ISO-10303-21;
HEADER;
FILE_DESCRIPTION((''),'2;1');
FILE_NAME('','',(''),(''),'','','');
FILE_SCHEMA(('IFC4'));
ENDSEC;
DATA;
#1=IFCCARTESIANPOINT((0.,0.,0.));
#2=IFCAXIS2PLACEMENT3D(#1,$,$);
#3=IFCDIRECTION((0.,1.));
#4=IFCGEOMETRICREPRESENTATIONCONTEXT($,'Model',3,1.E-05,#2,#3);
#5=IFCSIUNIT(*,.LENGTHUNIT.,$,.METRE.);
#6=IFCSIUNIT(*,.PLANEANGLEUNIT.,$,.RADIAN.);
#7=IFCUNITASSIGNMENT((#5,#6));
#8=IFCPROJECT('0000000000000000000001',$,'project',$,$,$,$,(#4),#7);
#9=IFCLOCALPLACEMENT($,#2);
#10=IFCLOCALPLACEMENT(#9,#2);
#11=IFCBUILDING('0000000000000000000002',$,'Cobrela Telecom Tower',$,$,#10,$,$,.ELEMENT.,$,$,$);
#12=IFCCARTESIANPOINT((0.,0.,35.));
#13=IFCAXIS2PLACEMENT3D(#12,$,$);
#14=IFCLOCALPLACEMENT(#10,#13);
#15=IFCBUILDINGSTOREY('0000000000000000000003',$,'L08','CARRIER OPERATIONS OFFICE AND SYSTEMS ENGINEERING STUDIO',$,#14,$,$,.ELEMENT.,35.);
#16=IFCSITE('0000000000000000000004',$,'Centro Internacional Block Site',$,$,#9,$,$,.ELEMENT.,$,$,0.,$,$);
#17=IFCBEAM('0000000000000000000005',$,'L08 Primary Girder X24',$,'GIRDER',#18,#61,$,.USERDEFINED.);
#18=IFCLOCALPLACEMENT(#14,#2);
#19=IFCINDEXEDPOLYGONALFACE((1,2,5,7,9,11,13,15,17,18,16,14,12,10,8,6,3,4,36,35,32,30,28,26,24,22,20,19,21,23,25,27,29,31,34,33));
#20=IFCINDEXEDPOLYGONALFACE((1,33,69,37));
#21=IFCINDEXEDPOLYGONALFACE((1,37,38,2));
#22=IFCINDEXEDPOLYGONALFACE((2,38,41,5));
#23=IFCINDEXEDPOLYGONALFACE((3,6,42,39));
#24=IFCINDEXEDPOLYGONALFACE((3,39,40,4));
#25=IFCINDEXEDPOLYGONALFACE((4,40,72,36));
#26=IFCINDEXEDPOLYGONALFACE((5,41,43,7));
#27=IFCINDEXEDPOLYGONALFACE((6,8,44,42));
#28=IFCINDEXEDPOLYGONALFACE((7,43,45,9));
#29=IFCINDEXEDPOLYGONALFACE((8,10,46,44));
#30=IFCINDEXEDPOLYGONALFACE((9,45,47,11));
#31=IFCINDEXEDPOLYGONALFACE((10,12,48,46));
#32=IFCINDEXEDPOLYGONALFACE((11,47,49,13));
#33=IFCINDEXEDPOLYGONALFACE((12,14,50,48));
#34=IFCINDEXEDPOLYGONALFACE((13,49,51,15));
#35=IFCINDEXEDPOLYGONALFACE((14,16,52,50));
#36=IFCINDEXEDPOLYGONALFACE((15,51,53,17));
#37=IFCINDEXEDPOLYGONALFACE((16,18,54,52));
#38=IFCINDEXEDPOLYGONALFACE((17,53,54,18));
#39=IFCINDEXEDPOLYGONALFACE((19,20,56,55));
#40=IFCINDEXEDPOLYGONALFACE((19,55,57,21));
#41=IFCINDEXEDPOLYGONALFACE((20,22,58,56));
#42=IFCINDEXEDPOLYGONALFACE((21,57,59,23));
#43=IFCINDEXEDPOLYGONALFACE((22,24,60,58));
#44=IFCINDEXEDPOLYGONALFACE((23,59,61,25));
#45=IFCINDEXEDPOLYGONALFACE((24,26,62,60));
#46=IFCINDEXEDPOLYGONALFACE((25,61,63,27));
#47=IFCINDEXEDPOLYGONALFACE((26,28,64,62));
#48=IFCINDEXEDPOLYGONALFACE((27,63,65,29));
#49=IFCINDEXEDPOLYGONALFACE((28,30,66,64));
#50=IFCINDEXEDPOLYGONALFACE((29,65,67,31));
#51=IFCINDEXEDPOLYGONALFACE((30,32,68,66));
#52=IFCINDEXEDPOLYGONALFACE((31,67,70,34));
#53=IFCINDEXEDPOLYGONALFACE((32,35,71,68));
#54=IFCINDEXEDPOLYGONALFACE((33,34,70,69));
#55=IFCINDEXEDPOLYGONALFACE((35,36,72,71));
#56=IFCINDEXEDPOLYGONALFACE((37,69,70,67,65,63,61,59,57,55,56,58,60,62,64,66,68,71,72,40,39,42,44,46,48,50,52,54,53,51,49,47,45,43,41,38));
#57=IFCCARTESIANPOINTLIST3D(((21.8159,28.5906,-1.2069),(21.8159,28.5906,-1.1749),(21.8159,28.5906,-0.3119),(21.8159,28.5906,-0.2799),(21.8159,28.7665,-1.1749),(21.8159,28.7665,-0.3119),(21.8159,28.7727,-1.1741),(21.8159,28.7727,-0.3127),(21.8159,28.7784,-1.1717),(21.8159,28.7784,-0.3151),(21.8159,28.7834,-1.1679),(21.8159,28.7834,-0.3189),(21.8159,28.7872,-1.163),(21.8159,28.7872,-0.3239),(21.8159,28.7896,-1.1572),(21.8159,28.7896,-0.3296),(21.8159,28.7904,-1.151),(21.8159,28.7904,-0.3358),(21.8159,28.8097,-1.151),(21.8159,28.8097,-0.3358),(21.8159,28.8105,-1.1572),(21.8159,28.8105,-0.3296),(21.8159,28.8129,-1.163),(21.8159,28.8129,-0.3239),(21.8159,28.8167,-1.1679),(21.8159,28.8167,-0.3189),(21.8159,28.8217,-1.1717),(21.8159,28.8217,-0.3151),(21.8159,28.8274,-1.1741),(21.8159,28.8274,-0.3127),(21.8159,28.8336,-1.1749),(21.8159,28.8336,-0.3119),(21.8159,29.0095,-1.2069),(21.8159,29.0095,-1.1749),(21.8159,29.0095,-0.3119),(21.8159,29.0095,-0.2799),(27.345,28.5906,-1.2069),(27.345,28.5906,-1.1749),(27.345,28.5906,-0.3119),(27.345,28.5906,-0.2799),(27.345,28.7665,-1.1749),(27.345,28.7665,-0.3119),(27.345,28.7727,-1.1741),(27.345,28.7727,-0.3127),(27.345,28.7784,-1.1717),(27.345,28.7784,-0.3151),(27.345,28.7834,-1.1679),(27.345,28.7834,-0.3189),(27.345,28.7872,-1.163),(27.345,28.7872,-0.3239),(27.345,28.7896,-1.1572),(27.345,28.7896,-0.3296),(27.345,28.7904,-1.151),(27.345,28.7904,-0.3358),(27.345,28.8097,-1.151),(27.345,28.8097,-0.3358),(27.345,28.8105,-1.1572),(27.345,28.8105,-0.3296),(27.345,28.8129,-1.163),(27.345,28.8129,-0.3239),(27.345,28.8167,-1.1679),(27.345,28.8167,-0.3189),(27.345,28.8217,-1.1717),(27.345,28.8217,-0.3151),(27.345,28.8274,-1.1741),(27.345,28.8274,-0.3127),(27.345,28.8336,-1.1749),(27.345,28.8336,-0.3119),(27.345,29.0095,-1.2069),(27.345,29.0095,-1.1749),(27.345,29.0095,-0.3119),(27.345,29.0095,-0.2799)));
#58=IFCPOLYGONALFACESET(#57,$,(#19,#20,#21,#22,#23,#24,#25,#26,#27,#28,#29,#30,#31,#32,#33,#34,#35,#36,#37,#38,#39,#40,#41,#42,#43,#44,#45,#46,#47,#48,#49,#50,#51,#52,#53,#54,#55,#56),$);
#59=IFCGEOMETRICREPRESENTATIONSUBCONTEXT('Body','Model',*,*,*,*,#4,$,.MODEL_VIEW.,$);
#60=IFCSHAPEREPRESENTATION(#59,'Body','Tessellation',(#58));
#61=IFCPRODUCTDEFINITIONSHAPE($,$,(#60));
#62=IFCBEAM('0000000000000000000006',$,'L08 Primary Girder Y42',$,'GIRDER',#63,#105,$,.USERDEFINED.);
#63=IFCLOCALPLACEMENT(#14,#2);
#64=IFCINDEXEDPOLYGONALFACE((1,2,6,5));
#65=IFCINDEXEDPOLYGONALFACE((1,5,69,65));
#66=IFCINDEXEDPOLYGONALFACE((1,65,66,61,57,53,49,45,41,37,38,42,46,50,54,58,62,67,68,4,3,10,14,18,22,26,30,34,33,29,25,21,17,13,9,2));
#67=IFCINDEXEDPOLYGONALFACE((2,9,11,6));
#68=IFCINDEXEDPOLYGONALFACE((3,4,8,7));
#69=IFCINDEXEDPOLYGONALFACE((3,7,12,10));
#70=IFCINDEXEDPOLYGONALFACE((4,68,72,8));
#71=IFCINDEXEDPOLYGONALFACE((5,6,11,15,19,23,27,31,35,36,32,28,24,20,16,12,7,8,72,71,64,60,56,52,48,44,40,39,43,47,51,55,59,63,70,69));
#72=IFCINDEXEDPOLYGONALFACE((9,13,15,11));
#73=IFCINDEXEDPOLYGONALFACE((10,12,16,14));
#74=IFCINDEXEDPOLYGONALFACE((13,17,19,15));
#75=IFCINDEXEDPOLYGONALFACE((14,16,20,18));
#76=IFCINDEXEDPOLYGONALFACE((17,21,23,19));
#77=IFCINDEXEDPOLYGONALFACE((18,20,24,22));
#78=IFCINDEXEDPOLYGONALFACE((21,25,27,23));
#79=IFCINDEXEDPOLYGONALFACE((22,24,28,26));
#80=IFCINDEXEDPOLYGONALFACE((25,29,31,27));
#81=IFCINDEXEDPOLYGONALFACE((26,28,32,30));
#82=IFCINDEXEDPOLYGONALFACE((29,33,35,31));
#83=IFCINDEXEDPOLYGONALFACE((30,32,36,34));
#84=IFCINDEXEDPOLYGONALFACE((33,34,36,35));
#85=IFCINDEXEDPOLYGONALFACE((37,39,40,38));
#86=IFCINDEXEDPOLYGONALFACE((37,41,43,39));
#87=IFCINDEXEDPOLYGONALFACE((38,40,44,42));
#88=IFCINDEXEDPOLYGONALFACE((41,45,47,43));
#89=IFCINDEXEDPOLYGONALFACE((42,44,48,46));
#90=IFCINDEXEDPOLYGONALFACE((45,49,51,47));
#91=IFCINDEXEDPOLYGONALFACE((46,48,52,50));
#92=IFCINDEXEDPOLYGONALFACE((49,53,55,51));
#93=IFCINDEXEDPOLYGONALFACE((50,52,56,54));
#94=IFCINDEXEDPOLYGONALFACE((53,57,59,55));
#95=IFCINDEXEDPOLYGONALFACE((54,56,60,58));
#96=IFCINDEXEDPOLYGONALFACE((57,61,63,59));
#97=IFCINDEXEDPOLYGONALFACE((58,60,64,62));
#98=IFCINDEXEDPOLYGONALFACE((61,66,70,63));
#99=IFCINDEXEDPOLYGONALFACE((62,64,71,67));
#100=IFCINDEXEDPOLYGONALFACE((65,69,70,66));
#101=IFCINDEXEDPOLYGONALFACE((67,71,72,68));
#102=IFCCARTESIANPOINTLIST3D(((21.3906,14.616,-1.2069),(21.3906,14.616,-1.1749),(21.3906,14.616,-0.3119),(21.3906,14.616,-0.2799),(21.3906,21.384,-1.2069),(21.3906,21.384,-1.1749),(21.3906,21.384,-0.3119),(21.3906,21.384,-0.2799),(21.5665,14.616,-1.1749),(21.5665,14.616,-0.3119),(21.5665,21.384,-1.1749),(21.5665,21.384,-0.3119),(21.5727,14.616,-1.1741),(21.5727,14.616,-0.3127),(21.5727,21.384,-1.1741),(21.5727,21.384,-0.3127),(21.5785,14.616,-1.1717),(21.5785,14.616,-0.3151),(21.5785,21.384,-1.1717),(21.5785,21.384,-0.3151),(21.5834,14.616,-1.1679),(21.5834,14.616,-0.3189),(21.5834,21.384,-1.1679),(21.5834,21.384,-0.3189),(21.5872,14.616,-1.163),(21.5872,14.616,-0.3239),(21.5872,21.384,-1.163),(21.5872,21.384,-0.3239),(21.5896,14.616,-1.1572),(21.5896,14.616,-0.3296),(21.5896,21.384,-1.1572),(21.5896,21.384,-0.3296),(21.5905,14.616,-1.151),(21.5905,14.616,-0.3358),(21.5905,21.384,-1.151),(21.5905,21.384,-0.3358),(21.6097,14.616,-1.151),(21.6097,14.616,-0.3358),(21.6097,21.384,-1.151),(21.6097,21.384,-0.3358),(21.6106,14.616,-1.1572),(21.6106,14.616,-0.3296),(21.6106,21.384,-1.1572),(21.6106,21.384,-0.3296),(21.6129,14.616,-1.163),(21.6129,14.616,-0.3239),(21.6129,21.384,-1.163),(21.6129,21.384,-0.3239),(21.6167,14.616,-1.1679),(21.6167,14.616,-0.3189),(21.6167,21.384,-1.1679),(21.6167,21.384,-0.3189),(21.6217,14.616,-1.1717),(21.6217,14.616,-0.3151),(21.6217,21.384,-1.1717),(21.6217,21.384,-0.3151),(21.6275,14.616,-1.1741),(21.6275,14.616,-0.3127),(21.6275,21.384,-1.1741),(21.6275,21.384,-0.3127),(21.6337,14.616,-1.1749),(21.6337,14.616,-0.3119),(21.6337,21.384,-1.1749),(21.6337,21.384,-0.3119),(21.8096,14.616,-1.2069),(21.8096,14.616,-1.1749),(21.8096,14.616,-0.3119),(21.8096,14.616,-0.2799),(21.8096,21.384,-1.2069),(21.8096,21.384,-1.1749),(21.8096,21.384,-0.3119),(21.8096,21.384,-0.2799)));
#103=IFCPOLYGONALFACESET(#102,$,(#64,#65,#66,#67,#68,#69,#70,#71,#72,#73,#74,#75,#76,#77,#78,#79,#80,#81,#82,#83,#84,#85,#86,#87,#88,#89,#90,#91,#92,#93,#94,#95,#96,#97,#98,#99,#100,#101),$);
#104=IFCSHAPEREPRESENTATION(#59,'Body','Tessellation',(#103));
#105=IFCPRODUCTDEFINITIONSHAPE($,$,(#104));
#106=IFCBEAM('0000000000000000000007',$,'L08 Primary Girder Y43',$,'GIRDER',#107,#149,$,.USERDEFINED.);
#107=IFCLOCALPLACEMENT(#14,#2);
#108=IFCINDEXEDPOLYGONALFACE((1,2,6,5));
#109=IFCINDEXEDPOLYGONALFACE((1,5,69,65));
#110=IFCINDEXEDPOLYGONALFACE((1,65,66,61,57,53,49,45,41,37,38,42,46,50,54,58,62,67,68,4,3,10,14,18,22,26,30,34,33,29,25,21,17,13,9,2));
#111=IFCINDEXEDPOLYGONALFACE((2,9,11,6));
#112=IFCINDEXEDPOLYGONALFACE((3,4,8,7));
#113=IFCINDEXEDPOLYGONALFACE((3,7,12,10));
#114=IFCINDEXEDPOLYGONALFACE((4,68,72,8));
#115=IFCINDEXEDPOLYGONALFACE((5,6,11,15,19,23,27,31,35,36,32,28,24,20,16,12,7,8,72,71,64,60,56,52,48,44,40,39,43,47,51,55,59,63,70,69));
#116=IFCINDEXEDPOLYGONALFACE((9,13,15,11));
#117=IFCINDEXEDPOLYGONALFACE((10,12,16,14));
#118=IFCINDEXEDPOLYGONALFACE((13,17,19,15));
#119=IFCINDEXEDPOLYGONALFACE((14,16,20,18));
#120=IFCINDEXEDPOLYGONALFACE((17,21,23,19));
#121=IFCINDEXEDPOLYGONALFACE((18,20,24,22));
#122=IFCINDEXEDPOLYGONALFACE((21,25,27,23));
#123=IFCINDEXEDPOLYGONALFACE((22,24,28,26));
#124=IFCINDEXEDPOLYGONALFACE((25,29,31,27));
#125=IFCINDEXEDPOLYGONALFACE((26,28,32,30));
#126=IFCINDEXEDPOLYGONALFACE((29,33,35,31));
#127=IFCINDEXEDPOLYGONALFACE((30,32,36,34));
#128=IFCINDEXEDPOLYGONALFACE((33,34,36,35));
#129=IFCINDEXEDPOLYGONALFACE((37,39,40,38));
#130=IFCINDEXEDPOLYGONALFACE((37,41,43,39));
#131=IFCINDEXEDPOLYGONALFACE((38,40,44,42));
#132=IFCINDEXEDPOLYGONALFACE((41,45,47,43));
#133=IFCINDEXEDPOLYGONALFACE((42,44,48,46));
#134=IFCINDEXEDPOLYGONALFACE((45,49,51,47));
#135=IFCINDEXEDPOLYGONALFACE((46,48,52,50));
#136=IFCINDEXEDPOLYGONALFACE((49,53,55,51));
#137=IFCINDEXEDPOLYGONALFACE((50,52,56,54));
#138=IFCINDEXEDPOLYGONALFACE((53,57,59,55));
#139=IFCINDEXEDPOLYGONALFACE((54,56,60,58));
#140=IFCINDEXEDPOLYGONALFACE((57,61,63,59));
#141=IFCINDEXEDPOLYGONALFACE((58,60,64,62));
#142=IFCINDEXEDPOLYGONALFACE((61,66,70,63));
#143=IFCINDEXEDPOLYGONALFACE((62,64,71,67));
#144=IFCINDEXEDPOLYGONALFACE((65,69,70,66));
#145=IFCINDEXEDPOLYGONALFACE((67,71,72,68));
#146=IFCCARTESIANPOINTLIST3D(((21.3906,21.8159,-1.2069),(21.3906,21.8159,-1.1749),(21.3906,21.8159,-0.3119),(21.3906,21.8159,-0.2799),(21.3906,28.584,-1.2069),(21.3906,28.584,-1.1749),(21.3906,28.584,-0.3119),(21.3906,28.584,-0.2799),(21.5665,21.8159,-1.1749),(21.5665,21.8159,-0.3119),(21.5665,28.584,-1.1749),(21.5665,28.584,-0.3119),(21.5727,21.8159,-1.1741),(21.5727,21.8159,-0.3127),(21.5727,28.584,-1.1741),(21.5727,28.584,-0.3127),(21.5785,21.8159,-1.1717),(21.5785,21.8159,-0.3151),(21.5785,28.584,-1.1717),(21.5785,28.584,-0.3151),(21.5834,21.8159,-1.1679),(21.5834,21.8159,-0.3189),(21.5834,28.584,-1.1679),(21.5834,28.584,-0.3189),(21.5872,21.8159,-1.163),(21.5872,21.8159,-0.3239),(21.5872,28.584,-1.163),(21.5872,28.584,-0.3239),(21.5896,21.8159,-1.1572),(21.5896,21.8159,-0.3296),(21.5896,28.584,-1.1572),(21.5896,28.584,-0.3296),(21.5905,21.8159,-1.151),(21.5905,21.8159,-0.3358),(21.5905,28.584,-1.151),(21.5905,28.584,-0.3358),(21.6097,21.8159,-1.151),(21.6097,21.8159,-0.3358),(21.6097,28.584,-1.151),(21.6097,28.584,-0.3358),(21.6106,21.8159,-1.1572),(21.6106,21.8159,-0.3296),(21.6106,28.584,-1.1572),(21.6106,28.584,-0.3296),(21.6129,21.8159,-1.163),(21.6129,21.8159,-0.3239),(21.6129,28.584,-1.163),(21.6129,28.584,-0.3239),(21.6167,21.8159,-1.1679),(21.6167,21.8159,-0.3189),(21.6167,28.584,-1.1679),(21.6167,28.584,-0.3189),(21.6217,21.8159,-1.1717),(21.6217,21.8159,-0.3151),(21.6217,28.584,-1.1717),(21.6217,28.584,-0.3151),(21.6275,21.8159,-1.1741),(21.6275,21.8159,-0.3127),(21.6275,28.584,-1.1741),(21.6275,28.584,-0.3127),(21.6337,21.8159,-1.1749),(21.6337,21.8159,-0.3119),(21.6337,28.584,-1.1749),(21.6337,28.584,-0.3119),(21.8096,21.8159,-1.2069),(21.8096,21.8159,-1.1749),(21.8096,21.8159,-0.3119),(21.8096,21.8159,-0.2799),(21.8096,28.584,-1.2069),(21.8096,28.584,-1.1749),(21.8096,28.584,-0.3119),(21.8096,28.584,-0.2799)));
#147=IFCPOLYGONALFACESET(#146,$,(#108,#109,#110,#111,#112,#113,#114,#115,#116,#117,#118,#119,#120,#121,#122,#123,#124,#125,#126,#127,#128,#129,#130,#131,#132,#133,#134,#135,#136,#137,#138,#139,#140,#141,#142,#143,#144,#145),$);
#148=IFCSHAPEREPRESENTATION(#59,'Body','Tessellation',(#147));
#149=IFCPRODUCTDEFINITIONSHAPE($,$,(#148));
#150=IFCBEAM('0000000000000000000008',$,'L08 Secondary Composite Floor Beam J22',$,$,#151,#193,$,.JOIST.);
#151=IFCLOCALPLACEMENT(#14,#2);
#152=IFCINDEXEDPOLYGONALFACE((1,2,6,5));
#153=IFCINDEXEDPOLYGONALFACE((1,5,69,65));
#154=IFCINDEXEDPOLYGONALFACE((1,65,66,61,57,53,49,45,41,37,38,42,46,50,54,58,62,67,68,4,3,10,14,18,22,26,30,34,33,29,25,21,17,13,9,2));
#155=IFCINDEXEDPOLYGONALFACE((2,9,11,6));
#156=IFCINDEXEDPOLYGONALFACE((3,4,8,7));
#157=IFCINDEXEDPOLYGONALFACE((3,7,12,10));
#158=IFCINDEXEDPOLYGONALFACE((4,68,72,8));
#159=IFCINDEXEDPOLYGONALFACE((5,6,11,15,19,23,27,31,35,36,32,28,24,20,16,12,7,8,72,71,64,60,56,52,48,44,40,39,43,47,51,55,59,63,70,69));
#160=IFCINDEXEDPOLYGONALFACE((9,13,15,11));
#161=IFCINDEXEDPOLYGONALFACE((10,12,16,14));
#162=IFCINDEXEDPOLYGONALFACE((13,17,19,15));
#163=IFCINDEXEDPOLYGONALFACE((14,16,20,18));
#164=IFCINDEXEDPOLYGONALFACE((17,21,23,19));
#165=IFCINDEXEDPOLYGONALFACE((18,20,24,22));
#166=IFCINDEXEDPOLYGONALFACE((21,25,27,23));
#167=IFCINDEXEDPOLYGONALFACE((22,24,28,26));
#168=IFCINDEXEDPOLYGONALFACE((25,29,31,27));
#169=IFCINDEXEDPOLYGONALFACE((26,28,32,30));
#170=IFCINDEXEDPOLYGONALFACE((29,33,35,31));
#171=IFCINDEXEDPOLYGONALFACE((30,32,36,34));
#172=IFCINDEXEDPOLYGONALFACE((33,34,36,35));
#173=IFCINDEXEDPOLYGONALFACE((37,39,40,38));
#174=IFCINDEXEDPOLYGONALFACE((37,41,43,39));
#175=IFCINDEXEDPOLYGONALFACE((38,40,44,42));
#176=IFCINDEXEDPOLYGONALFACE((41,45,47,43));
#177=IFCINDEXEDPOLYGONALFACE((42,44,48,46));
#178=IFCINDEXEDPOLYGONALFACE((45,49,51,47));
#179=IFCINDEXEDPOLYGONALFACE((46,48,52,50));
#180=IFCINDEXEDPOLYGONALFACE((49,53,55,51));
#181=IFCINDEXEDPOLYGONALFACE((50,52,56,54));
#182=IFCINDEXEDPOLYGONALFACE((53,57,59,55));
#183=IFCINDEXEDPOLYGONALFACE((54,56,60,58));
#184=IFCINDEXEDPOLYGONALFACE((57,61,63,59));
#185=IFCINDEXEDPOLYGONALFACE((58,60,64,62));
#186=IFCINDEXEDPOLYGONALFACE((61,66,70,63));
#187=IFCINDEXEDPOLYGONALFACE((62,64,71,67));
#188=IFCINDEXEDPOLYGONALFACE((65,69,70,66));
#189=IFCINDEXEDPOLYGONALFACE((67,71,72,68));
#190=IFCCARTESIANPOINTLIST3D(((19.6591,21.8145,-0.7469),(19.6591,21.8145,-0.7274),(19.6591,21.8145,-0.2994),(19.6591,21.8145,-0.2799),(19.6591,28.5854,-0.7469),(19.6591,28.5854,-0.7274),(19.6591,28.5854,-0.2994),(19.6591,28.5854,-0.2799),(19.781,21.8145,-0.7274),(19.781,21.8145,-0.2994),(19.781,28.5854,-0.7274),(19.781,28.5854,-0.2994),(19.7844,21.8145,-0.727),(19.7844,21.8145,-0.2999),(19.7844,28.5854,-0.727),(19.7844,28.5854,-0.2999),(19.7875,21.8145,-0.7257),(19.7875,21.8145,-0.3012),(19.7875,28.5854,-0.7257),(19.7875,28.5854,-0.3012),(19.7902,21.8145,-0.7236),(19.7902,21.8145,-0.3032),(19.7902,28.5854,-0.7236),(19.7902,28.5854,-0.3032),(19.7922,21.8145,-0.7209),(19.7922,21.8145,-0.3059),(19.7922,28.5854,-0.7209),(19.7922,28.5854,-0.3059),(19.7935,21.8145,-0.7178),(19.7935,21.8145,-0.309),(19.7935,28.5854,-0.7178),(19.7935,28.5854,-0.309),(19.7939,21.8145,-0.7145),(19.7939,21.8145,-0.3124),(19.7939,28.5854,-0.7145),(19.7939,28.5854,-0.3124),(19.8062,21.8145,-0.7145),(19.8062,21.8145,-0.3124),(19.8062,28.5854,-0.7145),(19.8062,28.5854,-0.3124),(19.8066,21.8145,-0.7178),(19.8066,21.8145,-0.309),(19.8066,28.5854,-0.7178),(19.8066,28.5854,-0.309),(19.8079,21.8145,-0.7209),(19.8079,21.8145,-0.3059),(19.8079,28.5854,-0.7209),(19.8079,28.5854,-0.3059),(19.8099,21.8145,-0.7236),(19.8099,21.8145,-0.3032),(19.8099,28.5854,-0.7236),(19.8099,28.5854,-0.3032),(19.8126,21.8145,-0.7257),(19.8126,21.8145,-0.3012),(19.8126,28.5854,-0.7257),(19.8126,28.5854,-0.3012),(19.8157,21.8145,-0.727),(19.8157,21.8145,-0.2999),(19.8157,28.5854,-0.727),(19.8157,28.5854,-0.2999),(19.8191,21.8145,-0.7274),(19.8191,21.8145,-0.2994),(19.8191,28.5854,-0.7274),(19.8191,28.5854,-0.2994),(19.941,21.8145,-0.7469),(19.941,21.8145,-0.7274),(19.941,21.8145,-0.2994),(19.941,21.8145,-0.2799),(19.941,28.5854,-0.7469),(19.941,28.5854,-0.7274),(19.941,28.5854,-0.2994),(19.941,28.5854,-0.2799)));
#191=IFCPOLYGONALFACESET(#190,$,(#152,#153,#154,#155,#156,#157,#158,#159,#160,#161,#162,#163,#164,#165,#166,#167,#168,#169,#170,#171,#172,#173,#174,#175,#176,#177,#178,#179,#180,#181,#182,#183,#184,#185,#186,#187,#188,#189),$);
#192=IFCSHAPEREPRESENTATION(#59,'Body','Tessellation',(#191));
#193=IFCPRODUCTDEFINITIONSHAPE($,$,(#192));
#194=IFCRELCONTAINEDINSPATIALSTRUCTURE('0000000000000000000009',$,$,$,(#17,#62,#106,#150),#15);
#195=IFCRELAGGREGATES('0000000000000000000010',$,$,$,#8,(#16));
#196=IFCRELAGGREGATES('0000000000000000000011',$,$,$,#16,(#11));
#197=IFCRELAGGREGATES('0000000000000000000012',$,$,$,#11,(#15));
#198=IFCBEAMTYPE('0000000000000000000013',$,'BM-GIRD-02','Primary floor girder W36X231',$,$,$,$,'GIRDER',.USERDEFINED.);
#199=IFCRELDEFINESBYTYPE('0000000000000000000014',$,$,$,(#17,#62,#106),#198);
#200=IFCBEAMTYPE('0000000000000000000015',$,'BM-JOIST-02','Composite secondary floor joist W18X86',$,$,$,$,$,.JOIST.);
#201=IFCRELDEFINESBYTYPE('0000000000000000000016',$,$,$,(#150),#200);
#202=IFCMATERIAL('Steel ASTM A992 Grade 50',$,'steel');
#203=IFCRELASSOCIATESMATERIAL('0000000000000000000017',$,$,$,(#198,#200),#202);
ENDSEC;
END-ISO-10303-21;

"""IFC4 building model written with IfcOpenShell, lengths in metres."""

from ifc_helpers import new_model, si_unit, direction, frame, origin, origin_2d, place, context, subcontext, project, spatial, i_section, extrude, material, material_profile, profile_set, type_object, element, save


model = new_model("IFC4")

# Units and contexts
model_context = context("Model", 3, precision=1e-05, world=origin(), true_north=direction((0.0, 1.0)))
body_context = subcontext(model_context, "Body", "Model", "MODEL_VIEW")
ifc_project = project(units=[si_unit("LENGTHUNIT", "METRE"), si_unit("PLANEANGLEUNIT", "RADIAN")], contexts=[model_context])

# Site, building, storey
site_placement = place(None, origin())
site = spatial("IfcSite", under=ifc_project, at=site_placement, Name="Centro Internacional Block Site", CompositionType="ELEMENT", RefElevation=0.0)
building_placement = place(site_placement, origin())
building = spatial("IfcBuilding", under=site, at=building_placement, Name="Cobrela Telecom Tower", CompositionType="ELEMENT")
storey_placement = place(building_placement, frame((0.0, 0.0, 35.0)))
storey = spatial("IfcBuildingStorey", under=building, at=storey_placement, Name="L08", Description="CARRIER OPERATIONS OFFICE AND SYSTEMS ENGINEERING STUDIO", CompositionType="ELEMENT", Elevation=35.0)

# Shared definitions
ifc_material_1 = material(Name="Steel ASTM A992 Grade 50", Category="steel")

# Beams
ifc_material_profile_1 = material_profile(ifc_material_1, i_section(OverallWidth=0.4189, OverallDepth=0.927, WebThickness=0.0193, FlangeThickness=0.032, FilletRadius=0.0239, at=origin_2d()), Name="W36X231")
ifc_profile_set_1 = profile_set([ifc_material_profile_1], Name="Steel ASTM A992 Grade 50")
beam_type_1 = type_object("IfcBeamType", Name="BM-GIRD-02", Description="Primary floor girder W36X231", ElementType="GIRDER", PredefinedType="USERDEFINED", material=ifc_profile_set_1)
beam_1_placement = place(storey_placement, frame((21.8159, 28.8, -0.7434), z_axis=(1.0, 0.0, 0.0), x_axis=(0.0, 1.0, 0.0)))
element("IfcBeam", 1, at=beam_1_placement, inside=storey, type_object=beam_type_1, Name="L08 Primary Girder X24", ObjectType="GIRDER", PredefinedType="USERDEFINED", context=body_context, shape_type="SweptSolid", body=[
    extrude(i_section(OverallWidth=0.4189, OverallDepth=0.927, WebThickness=0.0193, FlangeThickness=0.032, FilletRadius=0.0239, at=origin_2d()), origin(), (0.0, 0.0, 1.0), 5.5291),
])
for number, where, z_axis, x_axis, name in (
    (2, (21.6001, 14.616, -0.7434), (0.0, 1.0, 0.0), (-1.0, 0.0, 0.0), "L08 Primary Girder Y42"),
    (3, (21.6001, 21.8159, -0.7434), (0.0, 1.0, 0.0), (-1.0, 0.0, 0.0), "L08 Primary Girder Y43"),
):
    element("IfcBeam", number, at=place(storey_placement, frame(where, z_axis=z_axis, x_axis=x_axis)), inside=storey, type_object=beam_type_1, Name=name, ObjectType="GIRDER", PredefinedType="USERDEFINED", context=body_context, shape_type="SweptSolid", body=[
        extrude(i_section(OverallWidth=0.4189, OverallDepth=0.927, WebThickness=0.0193, FlangeThickness=0.032, FilletRadius=0.0239, at=origin_2d()), origin(), (0.0, 0.0, 1.0), 6.7681),
    ])
ifc_material_profile_2 = material_profile(ifc_material_1, i_section(OverallWidth=0.282, OverallDepth=0.467, WebThickness=0.0122, FlangeThickness=0.0195, FilletRadius=0.0129, at=origin_2d()), Name="W18X86")
ifc_profile_set_2 = profile_set([ifc_material_profile_2], Name="Steel ASTM A992 Grade 50")
beam_type_2 = type_object("IfcBeamType", Name="BM-JOIST-02", Description="Composite secondary floor joist W18X86", PredefinedType="JOIST", material=ifc_profile_set_2)
for number, where, z_axis, x_axis, name in (
    (4, (19.8, 21.8145, -0.5134), (0.0, 1.0, 0.0), (-1.0, 0.0, 0.0), "L08 Secondary Composite Floor Beam J22"),
):
    element("IfcBeam", number, at=place(storey_placement, frame(where, z_axis=z_axis, x_axis=x_axis)), inside=storey, type_object=beam_type_2, Name=name, PredefinedType="JOIST", context=body_context, shape_type="SweptSolid", body=[
        extrude(i_section(OverallWidth=0.282, OverallDepth=0.467, WebThickness=0.0122, FlangeThickness=0.0195, FilletRadius=0.0129, at=origin_2d()), origin(), (0.0, 0.0, 1.0), 6.771),
    ])

save(model, "model.ifc")
